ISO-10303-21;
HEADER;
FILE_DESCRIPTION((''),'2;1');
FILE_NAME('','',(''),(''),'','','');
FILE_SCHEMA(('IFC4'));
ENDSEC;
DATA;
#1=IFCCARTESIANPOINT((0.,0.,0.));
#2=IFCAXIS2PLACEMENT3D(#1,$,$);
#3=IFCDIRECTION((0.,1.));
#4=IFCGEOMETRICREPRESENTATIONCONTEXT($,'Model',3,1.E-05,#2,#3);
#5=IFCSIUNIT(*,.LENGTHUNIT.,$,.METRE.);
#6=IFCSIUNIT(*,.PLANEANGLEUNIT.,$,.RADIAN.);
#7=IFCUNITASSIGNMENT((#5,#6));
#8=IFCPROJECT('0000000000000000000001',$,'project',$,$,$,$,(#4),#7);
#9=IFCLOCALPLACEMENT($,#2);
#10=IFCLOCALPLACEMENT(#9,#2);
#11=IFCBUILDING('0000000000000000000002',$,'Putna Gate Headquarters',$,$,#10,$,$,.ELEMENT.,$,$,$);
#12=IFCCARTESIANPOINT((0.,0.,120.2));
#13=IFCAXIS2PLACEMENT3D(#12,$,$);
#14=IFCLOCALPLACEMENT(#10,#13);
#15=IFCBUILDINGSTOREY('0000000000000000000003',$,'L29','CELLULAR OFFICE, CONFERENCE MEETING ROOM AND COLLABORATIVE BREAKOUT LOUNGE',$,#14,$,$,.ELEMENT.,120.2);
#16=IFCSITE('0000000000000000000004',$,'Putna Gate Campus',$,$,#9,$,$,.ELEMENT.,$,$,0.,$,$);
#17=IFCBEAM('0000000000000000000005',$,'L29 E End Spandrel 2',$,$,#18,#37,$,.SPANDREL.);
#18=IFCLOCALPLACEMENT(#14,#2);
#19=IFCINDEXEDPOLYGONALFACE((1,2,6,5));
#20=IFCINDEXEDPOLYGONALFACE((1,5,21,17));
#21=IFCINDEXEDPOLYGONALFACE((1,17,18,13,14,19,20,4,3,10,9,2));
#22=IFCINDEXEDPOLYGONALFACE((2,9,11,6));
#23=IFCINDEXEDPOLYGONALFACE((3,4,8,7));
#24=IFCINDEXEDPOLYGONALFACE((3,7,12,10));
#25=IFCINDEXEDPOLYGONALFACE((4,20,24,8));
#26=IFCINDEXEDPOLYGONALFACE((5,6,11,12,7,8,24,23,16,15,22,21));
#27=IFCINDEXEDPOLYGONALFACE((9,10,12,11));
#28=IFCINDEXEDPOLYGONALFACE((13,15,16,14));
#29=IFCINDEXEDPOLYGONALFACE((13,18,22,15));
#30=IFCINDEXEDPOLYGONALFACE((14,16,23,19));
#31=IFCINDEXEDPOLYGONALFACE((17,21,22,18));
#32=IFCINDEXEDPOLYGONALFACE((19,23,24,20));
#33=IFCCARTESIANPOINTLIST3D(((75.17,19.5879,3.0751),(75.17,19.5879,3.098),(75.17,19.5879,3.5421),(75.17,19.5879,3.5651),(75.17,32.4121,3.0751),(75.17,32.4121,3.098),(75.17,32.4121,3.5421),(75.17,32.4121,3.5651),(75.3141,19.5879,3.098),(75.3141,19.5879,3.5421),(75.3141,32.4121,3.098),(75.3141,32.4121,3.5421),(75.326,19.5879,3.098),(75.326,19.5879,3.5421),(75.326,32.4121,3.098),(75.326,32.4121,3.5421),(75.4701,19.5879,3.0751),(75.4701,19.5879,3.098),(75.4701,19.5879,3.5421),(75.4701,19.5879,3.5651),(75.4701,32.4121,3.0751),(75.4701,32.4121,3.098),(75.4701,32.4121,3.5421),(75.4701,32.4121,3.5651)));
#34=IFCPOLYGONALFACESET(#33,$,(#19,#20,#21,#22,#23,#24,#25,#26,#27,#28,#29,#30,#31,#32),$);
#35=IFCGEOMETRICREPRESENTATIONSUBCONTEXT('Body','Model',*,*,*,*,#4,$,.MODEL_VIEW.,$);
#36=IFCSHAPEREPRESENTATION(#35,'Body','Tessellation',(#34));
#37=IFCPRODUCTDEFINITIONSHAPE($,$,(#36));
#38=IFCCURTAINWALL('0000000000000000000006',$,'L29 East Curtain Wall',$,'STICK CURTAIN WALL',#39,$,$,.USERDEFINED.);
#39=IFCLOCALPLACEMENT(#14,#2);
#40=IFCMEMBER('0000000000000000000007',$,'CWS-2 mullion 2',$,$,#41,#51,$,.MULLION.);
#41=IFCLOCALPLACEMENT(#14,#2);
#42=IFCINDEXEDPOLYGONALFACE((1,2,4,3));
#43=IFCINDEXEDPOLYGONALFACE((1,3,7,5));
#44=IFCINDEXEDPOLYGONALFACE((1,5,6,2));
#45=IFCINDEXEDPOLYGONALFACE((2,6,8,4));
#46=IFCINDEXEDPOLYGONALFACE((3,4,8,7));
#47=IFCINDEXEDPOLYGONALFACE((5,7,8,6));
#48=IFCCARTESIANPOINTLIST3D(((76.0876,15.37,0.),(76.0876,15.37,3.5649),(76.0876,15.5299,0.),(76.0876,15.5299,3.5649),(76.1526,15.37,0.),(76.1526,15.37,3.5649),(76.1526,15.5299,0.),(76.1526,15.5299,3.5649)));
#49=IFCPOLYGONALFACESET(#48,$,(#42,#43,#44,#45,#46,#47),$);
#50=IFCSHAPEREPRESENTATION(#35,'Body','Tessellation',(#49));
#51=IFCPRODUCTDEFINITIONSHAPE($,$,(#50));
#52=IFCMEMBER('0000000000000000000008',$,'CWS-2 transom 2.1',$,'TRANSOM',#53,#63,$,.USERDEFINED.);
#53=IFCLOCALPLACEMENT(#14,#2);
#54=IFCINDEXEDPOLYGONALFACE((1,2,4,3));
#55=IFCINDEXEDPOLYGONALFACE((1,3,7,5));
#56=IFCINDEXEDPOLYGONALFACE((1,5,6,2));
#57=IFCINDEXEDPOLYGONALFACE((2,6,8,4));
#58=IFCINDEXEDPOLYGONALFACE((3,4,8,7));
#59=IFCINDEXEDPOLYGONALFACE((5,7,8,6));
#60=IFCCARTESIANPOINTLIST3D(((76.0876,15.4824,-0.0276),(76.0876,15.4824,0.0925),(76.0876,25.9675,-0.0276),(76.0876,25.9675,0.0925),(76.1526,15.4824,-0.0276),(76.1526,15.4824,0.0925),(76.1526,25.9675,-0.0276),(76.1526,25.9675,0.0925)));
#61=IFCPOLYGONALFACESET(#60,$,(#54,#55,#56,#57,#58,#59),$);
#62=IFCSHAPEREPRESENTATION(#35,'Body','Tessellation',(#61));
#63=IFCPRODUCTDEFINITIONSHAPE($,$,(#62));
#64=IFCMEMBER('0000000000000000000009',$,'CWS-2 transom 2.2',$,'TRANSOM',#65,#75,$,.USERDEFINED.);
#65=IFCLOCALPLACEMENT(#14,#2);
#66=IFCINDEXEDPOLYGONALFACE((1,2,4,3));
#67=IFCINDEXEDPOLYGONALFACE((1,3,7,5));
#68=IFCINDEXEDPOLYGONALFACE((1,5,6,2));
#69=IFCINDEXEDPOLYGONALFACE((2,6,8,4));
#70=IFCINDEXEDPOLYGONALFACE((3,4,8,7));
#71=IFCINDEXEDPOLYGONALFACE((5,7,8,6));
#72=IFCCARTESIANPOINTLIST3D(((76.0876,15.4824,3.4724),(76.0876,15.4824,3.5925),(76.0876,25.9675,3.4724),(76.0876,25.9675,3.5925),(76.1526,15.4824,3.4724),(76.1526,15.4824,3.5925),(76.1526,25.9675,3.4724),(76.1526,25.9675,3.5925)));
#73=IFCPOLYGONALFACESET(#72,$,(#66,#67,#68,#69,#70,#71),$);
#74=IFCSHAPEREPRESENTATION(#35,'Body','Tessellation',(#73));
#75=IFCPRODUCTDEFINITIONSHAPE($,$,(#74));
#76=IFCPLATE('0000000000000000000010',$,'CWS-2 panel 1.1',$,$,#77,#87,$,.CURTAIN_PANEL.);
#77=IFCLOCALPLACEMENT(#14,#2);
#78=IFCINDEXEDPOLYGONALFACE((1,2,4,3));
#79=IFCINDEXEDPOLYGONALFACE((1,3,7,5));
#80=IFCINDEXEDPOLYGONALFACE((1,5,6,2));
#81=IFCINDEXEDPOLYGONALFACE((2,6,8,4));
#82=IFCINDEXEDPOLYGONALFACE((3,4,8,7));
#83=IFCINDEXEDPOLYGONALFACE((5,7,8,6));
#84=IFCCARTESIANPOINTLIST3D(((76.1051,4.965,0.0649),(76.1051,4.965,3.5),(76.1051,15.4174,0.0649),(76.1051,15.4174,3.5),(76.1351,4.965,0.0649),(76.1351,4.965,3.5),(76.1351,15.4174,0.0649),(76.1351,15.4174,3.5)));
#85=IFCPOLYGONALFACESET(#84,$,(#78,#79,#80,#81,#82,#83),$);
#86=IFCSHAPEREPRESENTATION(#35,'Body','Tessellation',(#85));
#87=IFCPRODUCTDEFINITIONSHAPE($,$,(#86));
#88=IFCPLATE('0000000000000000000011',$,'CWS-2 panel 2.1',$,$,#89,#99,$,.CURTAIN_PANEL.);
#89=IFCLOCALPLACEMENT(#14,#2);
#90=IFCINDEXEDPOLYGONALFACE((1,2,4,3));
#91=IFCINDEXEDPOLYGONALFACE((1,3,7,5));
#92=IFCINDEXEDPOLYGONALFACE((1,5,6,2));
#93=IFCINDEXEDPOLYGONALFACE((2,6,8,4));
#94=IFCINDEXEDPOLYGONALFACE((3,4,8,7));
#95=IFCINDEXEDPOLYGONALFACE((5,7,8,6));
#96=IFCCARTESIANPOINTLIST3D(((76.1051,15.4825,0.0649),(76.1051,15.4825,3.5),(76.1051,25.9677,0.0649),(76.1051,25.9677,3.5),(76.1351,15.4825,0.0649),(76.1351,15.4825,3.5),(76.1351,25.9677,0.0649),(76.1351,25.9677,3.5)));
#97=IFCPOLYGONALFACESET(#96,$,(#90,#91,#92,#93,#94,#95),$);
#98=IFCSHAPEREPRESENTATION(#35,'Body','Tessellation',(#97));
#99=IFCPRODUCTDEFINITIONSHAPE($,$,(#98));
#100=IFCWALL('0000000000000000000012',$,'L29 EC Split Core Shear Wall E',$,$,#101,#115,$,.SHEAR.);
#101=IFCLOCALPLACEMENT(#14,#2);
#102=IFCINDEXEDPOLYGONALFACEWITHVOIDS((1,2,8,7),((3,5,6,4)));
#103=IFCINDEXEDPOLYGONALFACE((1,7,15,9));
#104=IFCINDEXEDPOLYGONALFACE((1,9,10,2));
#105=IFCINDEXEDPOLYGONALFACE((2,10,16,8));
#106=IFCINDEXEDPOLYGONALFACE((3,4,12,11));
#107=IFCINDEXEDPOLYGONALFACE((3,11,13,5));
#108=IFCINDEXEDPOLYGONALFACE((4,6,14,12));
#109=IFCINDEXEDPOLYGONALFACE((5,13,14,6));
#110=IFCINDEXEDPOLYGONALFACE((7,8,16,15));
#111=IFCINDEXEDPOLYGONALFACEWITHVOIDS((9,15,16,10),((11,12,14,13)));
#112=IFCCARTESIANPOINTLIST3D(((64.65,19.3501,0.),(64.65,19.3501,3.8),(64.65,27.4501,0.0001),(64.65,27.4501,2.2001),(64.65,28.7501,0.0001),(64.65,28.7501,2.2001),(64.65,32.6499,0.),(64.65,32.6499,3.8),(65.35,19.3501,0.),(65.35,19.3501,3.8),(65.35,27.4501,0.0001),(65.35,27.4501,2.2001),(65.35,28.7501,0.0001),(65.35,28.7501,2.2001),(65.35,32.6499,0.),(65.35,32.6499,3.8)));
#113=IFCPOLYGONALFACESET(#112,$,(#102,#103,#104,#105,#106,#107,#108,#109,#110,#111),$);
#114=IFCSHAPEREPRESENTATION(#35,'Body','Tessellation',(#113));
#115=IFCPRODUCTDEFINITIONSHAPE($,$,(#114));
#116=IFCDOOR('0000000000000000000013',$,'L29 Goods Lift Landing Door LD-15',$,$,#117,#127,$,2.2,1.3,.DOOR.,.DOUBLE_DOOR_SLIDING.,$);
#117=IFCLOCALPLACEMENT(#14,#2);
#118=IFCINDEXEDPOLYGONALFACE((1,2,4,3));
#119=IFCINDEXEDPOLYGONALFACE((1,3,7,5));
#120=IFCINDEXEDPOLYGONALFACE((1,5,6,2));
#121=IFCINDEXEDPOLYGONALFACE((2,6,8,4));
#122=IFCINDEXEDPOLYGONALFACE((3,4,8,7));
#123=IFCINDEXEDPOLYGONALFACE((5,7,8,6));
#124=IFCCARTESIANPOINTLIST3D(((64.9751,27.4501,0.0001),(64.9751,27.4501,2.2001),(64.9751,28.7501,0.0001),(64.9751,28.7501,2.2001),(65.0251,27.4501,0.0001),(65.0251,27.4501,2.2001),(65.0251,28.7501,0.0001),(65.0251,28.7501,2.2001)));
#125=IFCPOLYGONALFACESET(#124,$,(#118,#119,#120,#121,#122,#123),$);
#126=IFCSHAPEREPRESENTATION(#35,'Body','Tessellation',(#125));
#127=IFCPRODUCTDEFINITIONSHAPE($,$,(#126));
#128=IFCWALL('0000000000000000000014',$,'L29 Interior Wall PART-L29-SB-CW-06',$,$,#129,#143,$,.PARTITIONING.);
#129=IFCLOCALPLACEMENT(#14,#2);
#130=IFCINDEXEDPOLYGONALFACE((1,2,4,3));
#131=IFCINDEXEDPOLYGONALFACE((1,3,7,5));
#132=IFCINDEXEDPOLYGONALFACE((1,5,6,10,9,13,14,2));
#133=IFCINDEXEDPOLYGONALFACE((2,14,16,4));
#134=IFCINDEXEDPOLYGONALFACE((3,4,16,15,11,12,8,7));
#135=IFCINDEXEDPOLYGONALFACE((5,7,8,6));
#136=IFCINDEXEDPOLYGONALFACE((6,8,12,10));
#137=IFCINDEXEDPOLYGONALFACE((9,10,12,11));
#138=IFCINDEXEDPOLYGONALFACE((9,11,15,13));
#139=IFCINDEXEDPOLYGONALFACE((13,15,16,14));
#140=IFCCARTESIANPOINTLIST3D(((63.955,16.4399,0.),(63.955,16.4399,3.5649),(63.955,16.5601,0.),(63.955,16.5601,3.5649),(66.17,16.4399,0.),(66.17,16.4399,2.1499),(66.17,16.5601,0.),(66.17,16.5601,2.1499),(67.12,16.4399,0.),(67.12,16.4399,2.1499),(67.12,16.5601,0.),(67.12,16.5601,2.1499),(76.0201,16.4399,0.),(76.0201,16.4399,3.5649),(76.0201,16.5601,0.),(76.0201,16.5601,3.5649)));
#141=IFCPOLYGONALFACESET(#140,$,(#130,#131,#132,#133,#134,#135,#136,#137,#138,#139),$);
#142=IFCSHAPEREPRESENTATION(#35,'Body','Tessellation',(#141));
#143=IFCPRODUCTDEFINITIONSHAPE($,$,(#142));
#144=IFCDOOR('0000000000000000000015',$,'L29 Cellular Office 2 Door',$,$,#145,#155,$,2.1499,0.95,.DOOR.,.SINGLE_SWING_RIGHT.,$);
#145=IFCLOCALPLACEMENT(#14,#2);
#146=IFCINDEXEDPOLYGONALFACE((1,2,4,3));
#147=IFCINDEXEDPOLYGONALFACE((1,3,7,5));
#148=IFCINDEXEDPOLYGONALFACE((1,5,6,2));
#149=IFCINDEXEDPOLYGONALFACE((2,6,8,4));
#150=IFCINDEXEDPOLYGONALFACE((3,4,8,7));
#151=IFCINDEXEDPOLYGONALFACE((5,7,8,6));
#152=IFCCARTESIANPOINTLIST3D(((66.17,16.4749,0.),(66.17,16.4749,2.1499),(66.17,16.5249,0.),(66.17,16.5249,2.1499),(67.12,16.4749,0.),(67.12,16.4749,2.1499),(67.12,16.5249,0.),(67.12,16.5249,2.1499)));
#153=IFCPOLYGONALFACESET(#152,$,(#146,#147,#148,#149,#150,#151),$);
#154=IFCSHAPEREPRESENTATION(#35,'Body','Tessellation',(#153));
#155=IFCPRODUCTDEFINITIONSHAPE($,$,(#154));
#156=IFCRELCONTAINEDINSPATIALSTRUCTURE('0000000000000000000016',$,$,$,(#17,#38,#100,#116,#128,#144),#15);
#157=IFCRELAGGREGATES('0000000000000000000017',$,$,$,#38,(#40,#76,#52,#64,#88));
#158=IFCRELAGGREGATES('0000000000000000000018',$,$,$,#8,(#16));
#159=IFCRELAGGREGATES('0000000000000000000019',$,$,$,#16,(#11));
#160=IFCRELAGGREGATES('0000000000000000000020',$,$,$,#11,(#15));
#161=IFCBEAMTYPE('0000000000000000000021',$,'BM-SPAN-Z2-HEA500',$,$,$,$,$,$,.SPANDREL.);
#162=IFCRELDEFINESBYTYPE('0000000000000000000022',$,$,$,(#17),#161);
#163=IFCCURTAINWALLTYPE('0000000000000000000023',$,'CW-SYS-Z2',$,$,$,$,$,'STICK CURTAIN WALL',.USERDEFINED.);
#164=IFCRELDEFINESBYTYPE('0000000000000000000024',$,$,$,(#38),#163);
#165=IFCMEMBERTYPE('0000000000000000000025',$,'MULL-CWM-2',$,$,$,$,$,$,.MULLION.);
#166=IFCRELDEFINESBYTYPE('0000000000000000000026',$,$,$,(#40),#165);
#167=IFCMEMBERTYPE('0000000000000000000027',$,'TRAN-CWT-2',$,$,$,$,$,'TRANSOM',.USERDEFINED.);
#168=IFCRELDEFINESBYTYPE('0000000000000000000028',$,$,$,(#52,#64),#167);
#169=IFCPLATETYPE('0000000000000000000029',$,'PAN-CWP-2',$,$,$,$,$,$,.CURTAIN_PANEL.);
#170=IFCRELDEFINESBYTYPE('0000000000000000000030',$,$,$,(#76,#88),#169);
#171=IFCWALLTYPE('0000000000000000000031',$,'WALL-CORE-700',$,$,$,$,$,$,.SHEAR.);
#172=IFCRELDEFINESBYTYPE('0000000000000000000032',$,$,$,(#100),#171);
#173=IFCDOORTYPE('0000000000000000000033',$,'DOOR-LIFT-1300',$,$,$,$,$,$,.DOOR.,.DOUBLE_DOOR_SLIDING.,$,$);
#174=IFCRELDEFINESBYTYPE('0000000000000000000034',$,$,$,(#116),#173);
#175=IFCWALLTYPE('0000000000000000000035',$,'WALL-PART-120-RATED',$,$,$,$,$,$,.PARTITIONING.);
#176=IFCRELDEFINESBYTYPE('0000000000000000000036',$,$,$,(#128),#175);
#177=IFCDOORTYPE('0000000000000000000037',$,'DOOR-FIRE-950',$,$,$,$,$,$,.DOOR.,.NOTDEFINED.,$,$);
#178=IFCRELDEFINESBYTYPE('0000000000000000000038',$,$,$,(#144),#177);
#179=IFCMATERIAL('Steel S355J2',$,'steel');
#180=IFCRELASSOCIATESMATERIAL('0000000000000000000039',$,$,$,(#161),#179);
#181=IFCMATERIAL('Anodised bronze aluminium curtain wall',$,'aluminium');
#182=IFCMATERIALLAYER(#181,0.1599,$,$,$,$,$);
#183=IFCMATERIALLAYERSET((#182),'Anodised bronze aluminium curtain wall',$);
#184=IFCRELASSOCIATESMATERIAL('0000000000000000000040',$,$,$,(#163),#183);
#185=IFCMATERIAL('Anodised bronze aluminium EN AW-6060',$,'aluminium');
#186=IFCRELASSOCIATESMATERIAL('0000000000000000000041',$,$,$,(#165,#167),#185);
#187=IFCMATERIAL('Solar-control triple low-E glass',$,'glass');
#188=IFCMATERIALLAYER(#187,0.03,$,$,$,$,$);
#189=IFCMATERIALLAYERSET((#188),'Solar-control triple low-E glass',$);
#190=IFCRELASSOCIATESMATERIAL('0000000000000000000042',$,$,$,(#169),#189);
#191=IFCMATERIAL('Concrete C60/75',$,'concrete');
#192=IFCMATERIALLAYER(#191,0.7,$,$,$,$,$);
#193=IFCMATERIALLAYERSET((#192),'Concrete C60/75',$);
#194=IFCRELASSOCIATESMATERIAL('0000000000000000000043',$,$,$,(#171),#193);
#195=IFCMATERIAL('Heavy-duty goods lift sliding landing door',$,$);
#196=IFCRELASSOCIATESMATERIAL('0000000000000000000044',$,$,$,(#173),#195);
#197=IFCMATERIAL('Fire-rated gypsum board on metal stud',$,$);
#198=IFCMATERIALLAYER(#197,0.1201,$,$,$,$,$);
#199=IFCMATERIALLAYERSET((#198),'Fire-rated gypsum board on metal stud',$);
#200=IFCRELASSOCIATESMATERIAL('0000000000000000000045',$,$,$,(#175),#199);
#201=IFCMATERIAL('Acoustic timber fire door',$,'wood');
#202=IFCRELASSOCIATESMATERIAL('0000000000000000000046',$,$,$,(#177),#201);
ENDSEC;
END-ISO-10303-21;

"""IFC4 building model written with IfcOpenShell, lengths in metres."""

from ifc_helpers import new_model, si_unit, direction, frame, frame_2d, origin, origin_2d, place, context, subcontext, project, spatial, rectangle, i_section, extrude, material, layer, layer_set, material_profile, profile_set, type_object, element, fill, aggregate, save


model = new_model("IFC4")

# Units and contexts
model_context = context("Model", 3, precision=1e-05, world=origin(), true_north=direction((0.0, 1.0)))
body_context = subcontext(model_context, "Body", "Model", "MODEL_VIEW")
ifc_project = project(units=[si_unit("LENGTHUNIT", "METRE"), si_unit("PLANEANGLEUNIT", "RADIAN")], contexts=[model_context])

# Site, building, storey
site_placement = place(None, origin())
site = spatial("IfcSite", under=ifc_project, at=site_placement, Name="Putna Gate Campus", CompositionType="ELEMENT", RefElevation=0.0)
building_placement = place(site_placement, origin())
building = spatial("IfcBuilding", under=site, at=building_placement, Name="Putna Gate Headquarters", CompositionType="ELEMENT")
storey_placement = place(building_placement, frame((0.0, 0.0, 120.2)))
storey = spatial("IfcBuildingStorey", under=building, at=storey_placement, Name="L29", Description="CELLULAR OFFICE, CONFERENCE MEETING ROOM AND COLLABORATIVE BREAKOUT LOUNGE", CompositionType="ELEMENT", Elevation=120.2)

# Shared definitions
ifc_material_1 = material(Name="Concrete C60/75", Category="concrete")

# Beam
ifc_material_2 = material(Name="Steel S355J2", Category="steel")
ifc_material_profile_1 = material_profile(ifc_material_2, i_section(OverallWidth=0.3, OverallDepth=0.49, WebThickness=0.012, FlangeThickness=0.0229, at=origin_2d()), Name="Steel S355J2")
ifc_profile_set_1 = profile_set([ifc_material_profile_1], Name="Steel S355J2")
beam_type_1 = type_object("IfcBeamType", Name="BM-SPAN-Z2-HEA500", PredefinedType="SPANDREL", material=ifc_profile_set_1)
beam_1_placement = place(storey_placement, frame((75.3201, 19.5879, 3.3201), z_axis=(0.0, 1.0, 0.0), x_axis=(-1.0, 0.0, 0.0)))
element("IfcBeam", 1, at=beam_1_placement, inside=storey, type_object=beam_type_1, Name="L29 E End Spandrel 2", PredefinedType="SPANDREL", context=body_context, shape_type="SweptSolid", body=[
    extrude(i_section(OverallWidth=0.3, OverallDepth=0.49, WebThickness=0.012, FlangeThickness=0.0229, at=origin_2d()), origin(), (0.0, 0.0, 1.0), 12.8242),
])

# Curtain wall, members, plates
ifc_material_3 = material(Name="Anodised bronze aluminium curtain wall", Category="aluminium")
ifc_layer_1 = layer(ifc_material_3, 0.1599)
ifc_layer_set_1 = layer_set([ifc_layer_1], Name="Anodised bronze aluminium curtain wall")
curtain_wall_type = type_object("IfcCurtainWallType", Name="CW-SYS-Z2", ElementType="STICK CURTAIN WALL", PredefinedType="USERDEFINED", material=ifc_layer_set_1)
curtain_wall_placement = place(storey_placement, origin())
curtain_wall = element("IfcCurtainWall", 2, at=curtain_wall_placement, inside=storey, type_object=curtain_wall_type, Name="L29 East Curtain Wall", ObjectType="STICK CURTAIN WALL", PredefinedType="USERDEFINED")
ifc_material_4 = material(Name="Anodised bronze aluminium EN AW-6060", Category="aluminium")
ifc_material_profile_2 = material_profile(ifc_material_4, rectangle(XDim=0.0649, YDim=0.1599, at=origin_2d()), Name="Anodised bronze aluminium EN AW-6060")
ifc_profile_set_2 = profile_set([ifc_material_profile_2], Name="Anodised bronze aluminium EN AW-6060")
member_type_1 = type_object("IfcMemberType", Name="MULL-CWM-2", PredefinedType="MULLION", material=ifc_profile_set_2)
member_1_placement = place(storey_placement, frame((76.1201, 15.45, 0.0), z_axis=(0.0, 0.0, 1.0), x_axis=(-1.0, 0.0, 0.0)))
member_1 = element("IfcMember", 3, at=member_1_placement, type_object=member_type_1, Name="CWS-2 mullion 2", PredefinedType="MULLION", context=body_context, shape_type="SweptSolid", body=[
    extrude(rectangle(XDim=0.0649, YDim=0.1599, at=origin_2d()), origin(), (0.0, 0.0, 1.0), 3.5649),
])
ifc_material_profile_3 = material_profile(ifc_material_4, rectangle(XDim=0.0649, YDim=0.1201, at=origin_2d()), Name="Anodised bronze aluminium EN AW-6060")
ifc_profile_set_3 = profile_set([ifc_material_profile_3], Name="Anodised bronze aluminium EN AW-6060")
member_type_2 = type_object("IfcMemberType", Name="TRAN-CWT-2", ElementType="TRANSOM", PredefinedType="USERDEFINED", material=ifc_profile_set_3)
member_2_placement = place(storey_placement, frame((76.1201, 15.4824, 0.0325), z_axis=(0.0, 1.0, 0.0), x_axis=(-1.0, 0.0, 0.0)))
member_2 = element("IfcMember", 4, at=member_2_placement, type_object=member_type_2, Name="CWS-2 transom 2.1", ObjectType="TRANSOM", PredefinedType="USERDEFINED", context=body_context, shape_type="SweptSolid", body=[
    extrude(rectangle(XDim=0.0649, YDim=0.1201, at=origin_2d()), origin(), (0.0, 0.0, 1.0), 10.4851),
])
member_3_placement = place(storey_placement, frame((76.1201, 15.4824, 3.5325), z_axis=(0.0, 1.0, 0.0), x_axis=(-1.0, 0.0, 0.0)))
member_3 = element("IfcMember", 5, at=member_3_placement, type_object=member_type_2, Name="CWS-2 transom 2.2", ObjectType="TRANSOM", PredefinedType="USERDEFINED", context=body_context, shape_type="SweptSolid", body=[
    extrude(rectangle(XDim=0.0649, YDim=0.1201, at=origin_2d()), origin(), (0.0, 0.0, 1.0), 10.4851),
])
ifc_material_5 = material(Name="Solar-control triple low-E glass", Category="glass")
ifc_layer_2 = layer(ifc_material_5, 0.03)
ifc_layer_set_2 = layer_set([ifc_layer_2], Name="Solar-control triple low-E glass")
plate_type = type_object("IfcPlateType", Name="PAN-CWP-2", PredefinedType="CURTAIN_PANEL", material=ifc_layer_set_2)
plate_1_placement = place(storey_placement, frame((76.1201, 10.1912, 0.0649), z_axis=(0.0, 0.0, 1.0), x_axis=(0.0, 1.0, 0.0)))
plate_1 = element("IfcPlate", 6, at=plate_1_placement, type_object=plate_type, Name="CWS-2 panel 1.1", PredefinedType="CURTAIN_PANEL", context=body_context, shape_type="SweptSolid", body=[
    extrude(rectangle(XDim=10.4524, YDim=0.03, at=origin_2d()), origin(), (0.0, 0.0, 1.0), 3.4351),
])
plate_2_placement = place(storey_placement, frame((76.1201, 20.7251, 0.0649), z_axis=(0.0, 0.0, 1.0), x_axis=(0.0, 1.0, 0.0)))
plate_2 = element("IfcPlate", 7, at=plate_2_placement, type_object=plate_type, Name="CWS-2 panel 2.1", PredefinedType="CURTAIN_PANEL", context=body_context, shape_type="SweptSolid", body=[
    extrude(rectangle(XDim=10.4851, YDim=0.03, at=origin_2d()), origin(), (0.0, 0.0, 1.0), 3.4351),
])
aggregate(curtain_wall, [member_1, plate_1, member_2, member_3, plate_2])

# Walls, openings, doors
ifc_layer_3 = layer(ifc_material_1, 0.7)
ifc_layer_set_3 = layer_set([ifc_layer_3], Name="Concrete C60/75")
wall_type_1 = type_object("IfcWallType", Name="WALL-CORE-700", PredefinedType="SHEAR", material=ifc_layer_set_3)
wall_1_placement = place(storey_placement, frame((65.0, 19.3501, 0.0), z_axis=(0.0, 0.0, 1.0), x_axis=(0.0, 1.0, 0.0)))
wall_1 = element("IfcWall", 8, at=wall_1_placement, inside=storey, type_object=wall_type_1, Name="L29 EC Split Core Shear Wall E", PredefinedType="SHEAR", context=body_context, shape_type="SweptSolid", body=[
    extrude(rectangle(XDim=13.2998, YDim=0.7, at=frame_2d((6.6499, 0.0))), origin(), (0.0, 0.0, 1.0), 3.8),
])
opening_1_placement = place(wall_1_placement, frame((8.1001, 0.0, 0.0)))
opening_1 = element("IfcOpeningElement", 9, at=opening_1_placement, cuts=wall_1, PredefinedType="OPENING", context=body_context, shape_type="SweptSolid", body=[
    extrude(rectangle(XDim=1.3, YDim=2.2, at=frame_2d((0.6499, 1.1001))), frame((0.0, 0.3599, 0.0), z_axis=(0.0, -1.0, 0.0), x_axis=(1.0, 0.0, 0.0)), (0.0, 0.0, 1.0), 0.72),
])
ifc_material_6 = material(Name="Heavy-duty goods lift sliding landing door")
door_type_1 = type_object("IfcDoorType", Name="DOOR-LIFT-1300", OperationType="DOUBLE_DOOR_SLIDING", PredefinedType="DOOR", material=ifc_material_6)
door_1_placement = place(opening_1_placement, origin())
door_1 = element("IfcDoor", 10, at=door_1_placement, inside=storey, type_object=door_type_1, Name="L29 Goods Lift Landing Door LD-15", OperationType="DOUBLE_DOOR_SLIDING", OverallHeight=2.2, OverallWidth=1.3, PredefinedType="DOOR", context=body_context, shape_type="SweptSolid", body=[
    extrude(rectangle(XDim=1.3, YDim=2.2, at=frame_2d((0.6499, 1.1001))), frame((0.0, 0.0249, 0.0), z_axis=(0.0, -1.0, 0.0), x_axis=(1.0, 0.0, 0.0)), (0.0, 0.0, 1.0), 0.05),
])
fill(opening_1, door_1)
ifc_material_7 = material(Name="Fire-rated gypsum board on metal stud")
ifc_layer_4 = layer(ifc_material_7, 0.1201)
ifc_layer_set_4 = layer_set([ifc_layer_4], Name="Fire-rated gypsum board on metal stud")
wall_type_2 = type_object("IfcWallType", Name="WALL-PART-120-RATED", PredefinedType="PARTITIONING", material=ifc_layer_set_4)
wall_2_placement = place(storey_placement, frame((63.9548, 16.5, 0.0), z_axis=(0.0, 0.0, 1.0), x_axis=(1.0, 0.0, 0.0)))
wall_2 = element("IfcWall", 11, at=wall_2_placement, inside=storey, type_object=wall_type_2, Name="L29 Interior Wall PART-L29-SB-CW-06", PredefinedType="PARTITIONING", context=body_context, shape_type="SweptSolid", body=[
    extrude(rectangle(XDim=12.0652, YDim=0.1201, at=frame_2d((6.0327, 0.0))), origin(), (0.0, 0.0, 1.0), 3.5649),
])
opening_2_placement = place(wall_2_placement, frame((2.2151, 0.0, 0.0)))
opening_2 = element("IfcOpeningElement", 12, at=opening_2_placement, cuts=wall_2, PredefinedType="OPENING", context=body_context, shape_type="SweptSolid", body=[
    extrude(rectangle(XDim=0.95, YDim=2.1499, at=frame_2d((0.4751, 1.075))), frame((0.0, 0.0701, 0.0), z_axis=(0.0, -1.0, 0.0), x_axis=(1.0, 0.0, 0.0)), (0.0, 0.0, 1.0), 0.1401),
])
ifc_material_8 = material(Name="Acoustic timber fire door", Category="wood")
door_type_2 = type_object("IfcDoorType", Name="DOOR-FIRE-950", OperationType="NOTDEFINED", PredefinedType="DOOR", material=ifc_material_8)
door_2_placement = place(opening_2_placement, origin())
door_2 = element("IfcDoor", 13, at=door_2_placement, inside=storey, type_object=door_type_2, Name="L29 Cellular Office 2 Door", OperationType="SINGLE_SWING_RIGHT", OverallHeight=2.1499, OverallWidth=0.95, PredefinedType="DOOR", context=body_context, shape_type="SweptSolid", body=[
    extrude(rectangle(XDim=0.95, YDim=2.1499, at=frame_2d((0.4751, 1.075))), frame((0.0, 0.0249, 0.0), z_axis=(0.0, -1.0, 0.0), x_axis=(1.0, 0.0, 0.0)), (0.0, 0.0, 1.0), 0.05),
])
fill(opening_2, door_2)

save(model, "model.ifc")
